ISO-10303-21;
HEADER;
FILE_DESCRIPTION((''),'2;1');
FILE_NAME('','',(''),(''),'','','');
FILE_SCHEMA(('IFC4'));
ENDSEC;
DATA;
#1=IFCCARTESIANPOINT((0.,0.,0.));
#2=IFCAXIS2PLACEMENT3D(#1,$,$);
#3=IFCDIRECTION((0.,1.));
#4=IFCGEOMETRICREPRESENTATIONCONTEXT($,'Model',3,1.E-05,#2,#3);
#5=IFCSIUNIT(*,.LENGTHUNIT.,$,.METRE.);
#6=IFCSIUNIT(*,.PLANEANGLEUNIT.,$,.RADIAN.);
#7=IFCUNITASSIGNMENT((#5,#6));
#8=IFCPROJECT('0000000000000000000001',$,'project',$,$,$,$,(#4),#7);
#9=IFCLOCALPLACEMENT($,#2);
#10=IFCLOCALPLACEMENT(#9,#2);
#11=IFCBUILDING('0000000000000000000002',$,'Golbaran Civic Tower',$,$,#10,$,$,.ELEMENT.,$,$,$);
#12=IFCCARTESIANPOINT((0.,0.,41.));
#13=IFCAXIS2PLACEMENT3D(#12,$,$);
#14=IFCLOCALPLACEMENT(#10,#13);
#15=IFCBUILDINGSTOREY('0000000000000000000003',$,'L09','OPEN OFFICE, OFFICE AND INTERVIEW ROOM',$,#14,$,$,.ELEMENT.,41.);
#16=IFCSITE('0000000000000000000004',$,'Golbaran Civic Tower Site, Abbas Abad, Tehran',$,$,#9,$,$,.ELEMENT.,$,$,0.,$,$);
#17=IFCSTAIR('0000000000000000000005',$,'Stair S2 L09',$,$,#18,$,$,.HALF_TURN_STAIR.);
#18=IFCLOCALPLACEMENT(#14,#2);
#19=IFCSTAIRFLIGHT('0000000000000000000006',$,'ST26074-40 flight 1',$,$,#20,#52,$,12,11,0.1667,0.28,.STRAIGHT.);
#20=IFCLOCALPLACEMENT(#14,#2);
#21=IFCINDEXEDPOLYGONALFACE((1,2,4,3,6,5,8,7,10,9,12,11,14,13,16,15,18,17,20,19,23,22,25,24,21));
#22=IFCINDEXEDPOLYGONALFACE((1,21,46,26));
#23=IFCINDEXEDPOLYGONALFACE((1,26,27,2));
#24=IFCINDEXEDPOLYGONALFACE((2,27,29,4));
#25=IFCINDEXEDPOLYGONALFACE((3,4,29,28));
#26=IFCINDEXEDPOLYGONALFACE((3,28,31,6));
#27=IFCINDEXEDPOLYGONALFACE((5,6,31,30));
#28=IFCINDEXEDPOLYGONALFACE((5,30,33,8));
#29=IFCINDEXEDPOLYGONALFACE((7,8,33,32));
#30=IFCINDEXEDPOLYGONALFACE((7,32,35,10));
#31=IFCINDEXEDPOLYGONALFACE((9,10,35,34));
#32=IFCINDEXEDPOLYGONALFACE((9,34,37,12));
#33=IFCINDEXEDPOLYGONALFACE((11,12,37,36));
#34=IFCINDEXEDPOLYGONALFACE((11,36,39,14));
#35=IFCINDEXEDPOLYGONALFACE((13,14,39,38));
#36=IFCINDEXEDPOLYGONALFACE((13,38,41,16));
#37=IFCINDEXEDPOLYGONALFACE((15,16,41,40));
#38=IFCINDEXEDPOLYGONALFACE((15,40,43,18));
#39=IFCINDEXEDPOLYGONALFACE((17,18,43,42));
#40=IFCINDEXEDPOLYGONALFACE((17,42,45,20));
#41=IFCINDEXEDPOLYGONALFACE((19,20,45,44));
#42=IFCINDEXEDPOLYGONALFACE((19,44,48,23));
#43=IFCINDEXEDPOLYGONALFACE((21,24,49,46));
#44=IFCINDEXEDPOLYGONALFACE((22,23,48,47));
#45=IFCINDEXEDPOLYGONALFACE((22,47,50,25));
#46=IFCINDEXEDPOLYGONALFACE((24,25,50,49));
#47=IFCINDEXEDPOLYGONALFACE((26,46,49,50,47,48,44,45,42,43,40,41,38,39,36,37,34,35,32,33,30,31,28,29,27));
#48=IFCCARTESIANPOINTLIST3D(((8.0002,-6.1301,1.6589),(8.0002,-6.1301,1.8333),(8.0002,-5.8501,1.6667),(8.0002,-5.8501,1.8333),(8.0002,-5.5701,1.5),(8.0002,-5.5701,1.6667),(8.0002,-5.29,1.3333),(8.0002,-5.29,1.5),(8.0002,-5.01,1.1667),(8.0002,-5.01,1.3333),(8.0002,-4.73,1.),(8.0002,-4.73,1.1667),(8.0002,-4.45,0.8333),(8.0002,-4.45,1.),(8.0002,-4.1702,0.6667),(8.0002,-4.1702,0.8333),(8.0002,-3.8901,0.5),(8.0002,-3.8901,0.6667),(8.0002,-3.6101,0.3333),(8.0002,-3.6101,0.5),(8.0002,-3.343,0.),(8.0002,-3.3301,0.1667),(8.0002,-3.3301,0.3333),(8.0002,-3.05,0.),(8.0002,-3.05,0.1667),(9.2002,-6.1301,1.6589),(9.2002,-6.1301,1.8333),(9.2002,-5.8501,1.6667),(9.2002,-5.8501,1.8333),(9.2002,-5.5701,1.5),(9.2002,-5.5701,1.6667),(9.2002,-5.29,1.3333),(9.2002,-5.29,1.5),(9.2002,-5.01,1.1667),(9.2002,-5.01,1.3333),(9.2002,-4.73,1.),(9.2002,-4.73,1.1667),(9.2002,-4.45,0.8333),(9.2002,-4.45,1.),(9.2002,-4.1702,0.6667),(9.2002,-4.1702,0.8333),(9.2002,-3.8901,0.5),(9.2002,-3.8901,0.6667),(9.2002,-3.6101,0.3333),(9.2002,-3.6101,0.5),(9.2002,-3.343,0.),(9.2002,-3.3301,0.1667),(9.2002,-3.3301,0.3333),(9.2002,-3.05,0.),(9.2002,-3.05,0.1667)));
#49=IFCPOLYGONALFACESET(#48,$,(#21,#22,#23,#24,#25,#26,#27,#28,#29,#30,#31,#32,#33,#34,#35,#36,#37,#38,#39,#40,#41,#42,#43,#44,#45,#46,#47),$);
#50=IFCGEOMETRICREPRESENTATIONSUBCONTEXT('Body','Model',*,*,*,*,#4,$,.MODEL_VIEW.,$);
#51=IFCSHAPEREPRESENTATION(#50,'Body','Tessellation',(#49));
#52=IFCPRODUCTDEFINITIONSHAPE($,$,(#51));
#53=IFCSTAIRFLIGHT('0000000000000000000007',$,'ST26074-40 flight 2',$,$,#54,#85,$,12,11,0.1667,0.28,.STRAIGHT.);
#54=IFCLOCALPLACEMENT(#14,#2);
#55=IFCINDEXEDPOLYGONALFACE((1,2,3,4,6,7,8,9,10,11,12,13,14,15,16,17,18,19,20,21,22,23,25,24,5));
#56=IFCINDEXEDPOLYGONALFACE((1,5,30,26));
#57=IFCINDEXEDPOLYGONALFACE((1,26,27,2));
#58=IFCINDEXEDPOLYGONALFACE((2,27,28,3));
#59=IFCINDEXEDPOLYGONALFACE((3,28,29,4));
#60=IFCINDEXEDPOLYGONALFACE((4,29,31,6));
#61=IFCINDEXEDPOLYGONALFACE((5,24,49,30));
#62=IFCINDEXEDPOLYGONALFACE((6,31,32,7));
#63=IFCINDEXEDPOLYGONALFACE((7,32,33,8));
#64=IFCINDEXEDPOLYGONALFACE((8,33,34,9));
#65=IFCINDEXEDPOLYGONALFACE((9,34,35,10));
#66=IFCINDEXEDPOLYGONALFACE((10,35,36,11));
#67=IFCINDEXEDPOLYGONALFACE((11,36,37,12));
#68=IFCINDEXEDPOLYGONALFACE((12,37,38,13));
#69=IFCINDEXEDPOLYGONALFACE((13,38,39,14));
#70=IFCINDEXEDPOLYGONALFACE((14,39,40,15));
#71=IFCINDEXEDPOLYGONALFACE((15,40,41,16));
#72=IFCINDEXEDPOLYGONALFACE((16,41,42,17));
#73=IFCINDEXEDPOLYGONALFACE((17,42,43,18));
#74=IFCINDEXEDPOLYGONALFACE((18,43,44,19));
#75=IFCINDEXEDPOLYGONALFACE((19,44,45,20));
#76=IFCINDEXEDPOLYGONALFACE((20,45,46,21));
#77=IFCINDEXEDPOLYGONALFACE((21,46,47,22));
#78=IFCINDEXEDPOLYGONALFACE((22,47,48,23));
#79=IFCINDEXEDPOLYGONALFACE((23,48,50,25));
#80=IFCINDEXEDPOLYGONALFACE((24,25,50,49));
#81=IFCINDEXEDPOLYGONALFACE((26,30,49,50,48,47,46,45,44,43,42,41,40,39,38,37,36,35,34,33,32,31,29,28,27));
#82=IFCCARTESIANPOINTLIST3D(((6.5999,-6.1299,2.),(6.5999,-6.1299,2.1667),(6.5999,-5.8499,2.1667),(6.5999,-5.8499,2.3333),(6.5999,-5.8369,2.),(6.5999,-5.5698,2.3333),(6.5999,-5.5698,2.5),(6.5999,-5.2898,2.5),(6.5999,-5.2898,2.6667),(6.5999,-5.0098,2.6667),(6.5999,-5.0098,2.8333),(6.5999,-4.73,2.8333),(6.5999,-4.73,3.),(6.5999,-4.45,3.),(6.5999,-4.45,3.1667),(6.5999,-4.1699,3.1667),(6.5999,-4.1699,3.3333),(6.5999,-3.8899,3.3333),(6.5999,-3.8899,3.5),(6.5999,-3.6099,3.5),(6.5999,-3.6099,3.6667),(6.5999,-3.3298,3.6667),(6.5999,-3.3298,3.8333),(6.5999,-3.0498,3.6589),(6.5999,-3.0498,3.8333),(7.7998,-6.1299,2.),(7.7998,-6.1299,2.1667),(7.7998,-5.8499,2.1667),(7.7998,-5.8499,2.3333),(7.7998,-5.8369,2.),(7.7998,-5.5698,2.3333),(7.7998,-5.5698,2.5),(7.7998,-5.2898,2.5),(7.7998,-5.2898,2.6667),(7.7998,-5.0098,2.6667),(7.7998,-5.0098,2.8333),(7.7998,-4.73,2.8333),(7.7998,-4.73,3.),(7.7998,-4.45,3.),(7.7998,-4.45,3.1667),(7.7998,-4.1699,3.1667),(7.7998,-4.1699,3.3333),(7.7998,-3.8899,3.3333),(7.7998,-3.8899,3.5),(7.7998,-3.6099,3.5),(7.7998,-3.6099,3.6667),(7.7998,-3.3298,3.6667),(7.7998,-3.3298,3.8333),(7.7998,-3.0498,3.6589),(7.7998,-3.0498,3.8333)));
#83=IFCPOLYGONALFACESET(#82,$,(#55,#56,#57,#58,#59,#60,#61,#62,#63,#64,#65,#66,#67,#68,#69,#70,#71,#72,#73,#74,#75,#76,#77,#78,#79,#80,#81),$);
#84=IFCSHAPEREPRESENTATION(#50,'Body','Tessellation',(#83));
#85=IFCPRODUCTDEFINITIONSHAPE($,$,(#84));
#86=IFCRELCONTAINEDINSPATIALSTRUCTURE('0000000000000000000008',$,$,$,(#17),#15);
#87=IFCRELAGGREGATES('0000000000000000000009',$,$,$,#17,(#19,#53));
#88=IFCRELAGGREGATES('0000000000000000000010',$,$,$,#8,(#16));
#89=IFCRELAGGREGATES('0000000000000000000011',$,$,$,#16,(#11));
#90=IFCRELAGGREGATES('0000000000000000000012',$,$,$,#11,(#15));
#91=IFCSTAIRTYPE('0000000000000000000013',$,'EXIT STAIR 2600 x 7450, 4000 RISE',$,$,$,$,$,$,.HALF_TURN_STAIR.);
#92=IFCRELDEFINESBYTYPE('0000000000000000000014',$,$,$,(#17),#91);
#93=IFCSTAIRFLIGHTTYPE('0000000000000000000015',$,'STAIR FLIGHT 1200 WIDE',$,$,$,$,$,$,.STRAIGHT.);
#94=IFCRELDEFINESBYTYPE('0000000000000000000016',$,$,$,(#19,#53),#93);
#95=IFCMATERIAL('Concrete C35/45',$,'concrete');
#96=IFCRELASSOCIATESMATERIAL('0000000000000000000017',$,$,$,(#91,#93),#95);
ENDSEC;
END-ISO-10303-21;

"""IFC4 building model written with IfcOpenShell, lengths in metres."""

from ifc_helpers import new_model, si_unit, direction, frame, origin, place, context, subcontext, project, spatial, polyline, outline, extrude, material, type_object, element, aggregate, save


model = new_model("IFC4")

# Units and contexts
model_context = context("Model", 3, precision=1e-05, world=origin(), true_north=direction((0.0, 1.0)))
body_context = subcontext(model_context, "Body", "Model", "MODEL_VIEW")
ifc_project = project(units=[si_unit("LENGTHUNIT", "METRE"), si_unit("PLANEANGLEUNIT", "RADIAN")], contexts=[model_context])

# Site, building, storey
site_placement = place(None, origin())
site = spatial("IfcSite", under=ifc_project, at=site_placement, Name="Golbaran Civic Tower Site, Abbas Abad, Tehran", CompositionType="ELEMENT", RefElevation=0.0)
building_placement = place(site_placement, origin())
building = spatial("IfcBuilding", under=site, at=building_placement, Name="Golbaran Civic Tower", CompositionType="ELEMENT")
storey_placement = place(building_placement, frame((0.0, 0.0, 41.0)))
storey = spatial("IfcBuildingStorey", under=building, at=storey_placement, Name="L09", Description="OPEN OFFICE, OFFICE AND INTERVIEW ROOM", CompositionType="ELEMENT", Elevation=41.0)

# Stair
ifc_material_1 = material(Name="Concrete C35/45", Category="concrete")
stair_type_1 = type_object("IfcStairType", Name="EXIT STAIR 2600 x 7450, 4000 RISE", PredefinedType="HALF_TURN_STAIR", material=ifc_material_1)
stair_1_placement = place(storey_placement, origin())
stair_1 = element("IfcStair", 1, at=stair_1_placement, inside=storey, type_object=stair_type_1, Name="Stair S2 L09", PredefinedType="HALF_TURN_STAIR")

# Stair flights
stair_flight_type = type_object("IfcStairFlightType", Name="STAIR FLIGHT 1200 WIDE", PredefinedType="STRAIGHT", material=ifc_material_1)
stair_flight_1_placement = place(storey_placement, frame((8.6001, -3.05, 0.0), z_axis=(0.0, 0.0, 1.0), x_axis=(0.0, -1.0, 0.0)))
stair_flight_1 = element("IfcStairFlight", 2, at=stair_flight_1_placement, type_object=stair_flight_type, Name="ST26074-40 flight 1", NumberOfRisers=12, NumberOfTreads=11, PredefinedType="STRAIGHT", RiserHeight=0.1667, TreadLength=0.28, context=body_context, shape_type="SweptSolid", body=[
    extrude(outline(polyline([(0.0, 0.0), (0.0, 0.1667), (0.28, 0.1667), (0.28, 0.3333), (0.5601, 0.3333), (0.5601, 0.5), (0.8401, 0.5), (0.8401, 0.6667), (1.1201, 0.6667), (1.1201, 0.8333), (1.3999, 0.8333), (1.3999, 1.0), (1.6799, 1.0), (1.6799, 1.1667), (1.96, 1.1667), (1.96, 1.3333), (2.24, 1.3333), (2.24, 1.5), (2.52, 1.5), (2.52, 1.6667), (2.8, 1.6667), (2.8, 1.8333), (3.0801, 1.8333), (3.0801, 2.0), (3.0801, 1.6589), (0.293, 0.0), (0.0, 0.0)])), frame((0.0, 0.6001, 0.0), z_axis=(0.0, -1.0, 0.0), x_axis=(1.0, 0.0, 0.0)), (0.0, 0.0, 1.0), 1.2),
])
stair_flight_2_placement = place(storey_placement, frame((7.2, -6.1299, 2.0), z_axis=(0.0, 0.0, 1.0), x_axis=(0.0, 1.0, 0.0)))
stair_flight_2 = element("IfcStairFlight", 3, at=stair_flight_2_placement, type_object=stair_flight_type, Name="ST26074-40 flight 2", NumberOfRisers=12, NumberOfTreads=11, PredefinedType="STRAIGHT", RiserHeight=0.1667, TreadLength=0.28, context=body_context, shape_type="SweptSolid", body=[
    extrude(outline(polyline([(0.0, 0.0), (0.0, 0.1667), (0.28, 0.1667), (0.28, 0.3333), (0.5601, 0.3333), (0.5601, 0.5), (0.8401, 0.5), (0.8401, 0.6667), (1.1201, 0.6667), (1.1201, 0.8333), (1.3999, 0.8333), (1.3999, 1.0), (1.6799, 1.0), (1.6799, 1.1667), (1.96, 1.1667), (1.96, 1.3333), (2.24, 1.3333), (2.24, 1.5), (2.52, 1.5), (2.52, 1.6667), (2.8, 1.6667), (2.8, 1.8333), (3.0801, 1.8333), (3.0801, 2.0), (3.0801, 1.6589), (0.293, 0.0), (0.0, 0.0)])), frame((0.0, 0.6001, 0.0), z_axis=(0.0, -1.0, 0.0), x_axis=(1.0, 0.0, 0.0)), (0.0, 0.0, 1.0), 1.2),
])
aggregate(stair_1, [stair_flight_1, stair_flight_2])

save(model, "model.ifc")
